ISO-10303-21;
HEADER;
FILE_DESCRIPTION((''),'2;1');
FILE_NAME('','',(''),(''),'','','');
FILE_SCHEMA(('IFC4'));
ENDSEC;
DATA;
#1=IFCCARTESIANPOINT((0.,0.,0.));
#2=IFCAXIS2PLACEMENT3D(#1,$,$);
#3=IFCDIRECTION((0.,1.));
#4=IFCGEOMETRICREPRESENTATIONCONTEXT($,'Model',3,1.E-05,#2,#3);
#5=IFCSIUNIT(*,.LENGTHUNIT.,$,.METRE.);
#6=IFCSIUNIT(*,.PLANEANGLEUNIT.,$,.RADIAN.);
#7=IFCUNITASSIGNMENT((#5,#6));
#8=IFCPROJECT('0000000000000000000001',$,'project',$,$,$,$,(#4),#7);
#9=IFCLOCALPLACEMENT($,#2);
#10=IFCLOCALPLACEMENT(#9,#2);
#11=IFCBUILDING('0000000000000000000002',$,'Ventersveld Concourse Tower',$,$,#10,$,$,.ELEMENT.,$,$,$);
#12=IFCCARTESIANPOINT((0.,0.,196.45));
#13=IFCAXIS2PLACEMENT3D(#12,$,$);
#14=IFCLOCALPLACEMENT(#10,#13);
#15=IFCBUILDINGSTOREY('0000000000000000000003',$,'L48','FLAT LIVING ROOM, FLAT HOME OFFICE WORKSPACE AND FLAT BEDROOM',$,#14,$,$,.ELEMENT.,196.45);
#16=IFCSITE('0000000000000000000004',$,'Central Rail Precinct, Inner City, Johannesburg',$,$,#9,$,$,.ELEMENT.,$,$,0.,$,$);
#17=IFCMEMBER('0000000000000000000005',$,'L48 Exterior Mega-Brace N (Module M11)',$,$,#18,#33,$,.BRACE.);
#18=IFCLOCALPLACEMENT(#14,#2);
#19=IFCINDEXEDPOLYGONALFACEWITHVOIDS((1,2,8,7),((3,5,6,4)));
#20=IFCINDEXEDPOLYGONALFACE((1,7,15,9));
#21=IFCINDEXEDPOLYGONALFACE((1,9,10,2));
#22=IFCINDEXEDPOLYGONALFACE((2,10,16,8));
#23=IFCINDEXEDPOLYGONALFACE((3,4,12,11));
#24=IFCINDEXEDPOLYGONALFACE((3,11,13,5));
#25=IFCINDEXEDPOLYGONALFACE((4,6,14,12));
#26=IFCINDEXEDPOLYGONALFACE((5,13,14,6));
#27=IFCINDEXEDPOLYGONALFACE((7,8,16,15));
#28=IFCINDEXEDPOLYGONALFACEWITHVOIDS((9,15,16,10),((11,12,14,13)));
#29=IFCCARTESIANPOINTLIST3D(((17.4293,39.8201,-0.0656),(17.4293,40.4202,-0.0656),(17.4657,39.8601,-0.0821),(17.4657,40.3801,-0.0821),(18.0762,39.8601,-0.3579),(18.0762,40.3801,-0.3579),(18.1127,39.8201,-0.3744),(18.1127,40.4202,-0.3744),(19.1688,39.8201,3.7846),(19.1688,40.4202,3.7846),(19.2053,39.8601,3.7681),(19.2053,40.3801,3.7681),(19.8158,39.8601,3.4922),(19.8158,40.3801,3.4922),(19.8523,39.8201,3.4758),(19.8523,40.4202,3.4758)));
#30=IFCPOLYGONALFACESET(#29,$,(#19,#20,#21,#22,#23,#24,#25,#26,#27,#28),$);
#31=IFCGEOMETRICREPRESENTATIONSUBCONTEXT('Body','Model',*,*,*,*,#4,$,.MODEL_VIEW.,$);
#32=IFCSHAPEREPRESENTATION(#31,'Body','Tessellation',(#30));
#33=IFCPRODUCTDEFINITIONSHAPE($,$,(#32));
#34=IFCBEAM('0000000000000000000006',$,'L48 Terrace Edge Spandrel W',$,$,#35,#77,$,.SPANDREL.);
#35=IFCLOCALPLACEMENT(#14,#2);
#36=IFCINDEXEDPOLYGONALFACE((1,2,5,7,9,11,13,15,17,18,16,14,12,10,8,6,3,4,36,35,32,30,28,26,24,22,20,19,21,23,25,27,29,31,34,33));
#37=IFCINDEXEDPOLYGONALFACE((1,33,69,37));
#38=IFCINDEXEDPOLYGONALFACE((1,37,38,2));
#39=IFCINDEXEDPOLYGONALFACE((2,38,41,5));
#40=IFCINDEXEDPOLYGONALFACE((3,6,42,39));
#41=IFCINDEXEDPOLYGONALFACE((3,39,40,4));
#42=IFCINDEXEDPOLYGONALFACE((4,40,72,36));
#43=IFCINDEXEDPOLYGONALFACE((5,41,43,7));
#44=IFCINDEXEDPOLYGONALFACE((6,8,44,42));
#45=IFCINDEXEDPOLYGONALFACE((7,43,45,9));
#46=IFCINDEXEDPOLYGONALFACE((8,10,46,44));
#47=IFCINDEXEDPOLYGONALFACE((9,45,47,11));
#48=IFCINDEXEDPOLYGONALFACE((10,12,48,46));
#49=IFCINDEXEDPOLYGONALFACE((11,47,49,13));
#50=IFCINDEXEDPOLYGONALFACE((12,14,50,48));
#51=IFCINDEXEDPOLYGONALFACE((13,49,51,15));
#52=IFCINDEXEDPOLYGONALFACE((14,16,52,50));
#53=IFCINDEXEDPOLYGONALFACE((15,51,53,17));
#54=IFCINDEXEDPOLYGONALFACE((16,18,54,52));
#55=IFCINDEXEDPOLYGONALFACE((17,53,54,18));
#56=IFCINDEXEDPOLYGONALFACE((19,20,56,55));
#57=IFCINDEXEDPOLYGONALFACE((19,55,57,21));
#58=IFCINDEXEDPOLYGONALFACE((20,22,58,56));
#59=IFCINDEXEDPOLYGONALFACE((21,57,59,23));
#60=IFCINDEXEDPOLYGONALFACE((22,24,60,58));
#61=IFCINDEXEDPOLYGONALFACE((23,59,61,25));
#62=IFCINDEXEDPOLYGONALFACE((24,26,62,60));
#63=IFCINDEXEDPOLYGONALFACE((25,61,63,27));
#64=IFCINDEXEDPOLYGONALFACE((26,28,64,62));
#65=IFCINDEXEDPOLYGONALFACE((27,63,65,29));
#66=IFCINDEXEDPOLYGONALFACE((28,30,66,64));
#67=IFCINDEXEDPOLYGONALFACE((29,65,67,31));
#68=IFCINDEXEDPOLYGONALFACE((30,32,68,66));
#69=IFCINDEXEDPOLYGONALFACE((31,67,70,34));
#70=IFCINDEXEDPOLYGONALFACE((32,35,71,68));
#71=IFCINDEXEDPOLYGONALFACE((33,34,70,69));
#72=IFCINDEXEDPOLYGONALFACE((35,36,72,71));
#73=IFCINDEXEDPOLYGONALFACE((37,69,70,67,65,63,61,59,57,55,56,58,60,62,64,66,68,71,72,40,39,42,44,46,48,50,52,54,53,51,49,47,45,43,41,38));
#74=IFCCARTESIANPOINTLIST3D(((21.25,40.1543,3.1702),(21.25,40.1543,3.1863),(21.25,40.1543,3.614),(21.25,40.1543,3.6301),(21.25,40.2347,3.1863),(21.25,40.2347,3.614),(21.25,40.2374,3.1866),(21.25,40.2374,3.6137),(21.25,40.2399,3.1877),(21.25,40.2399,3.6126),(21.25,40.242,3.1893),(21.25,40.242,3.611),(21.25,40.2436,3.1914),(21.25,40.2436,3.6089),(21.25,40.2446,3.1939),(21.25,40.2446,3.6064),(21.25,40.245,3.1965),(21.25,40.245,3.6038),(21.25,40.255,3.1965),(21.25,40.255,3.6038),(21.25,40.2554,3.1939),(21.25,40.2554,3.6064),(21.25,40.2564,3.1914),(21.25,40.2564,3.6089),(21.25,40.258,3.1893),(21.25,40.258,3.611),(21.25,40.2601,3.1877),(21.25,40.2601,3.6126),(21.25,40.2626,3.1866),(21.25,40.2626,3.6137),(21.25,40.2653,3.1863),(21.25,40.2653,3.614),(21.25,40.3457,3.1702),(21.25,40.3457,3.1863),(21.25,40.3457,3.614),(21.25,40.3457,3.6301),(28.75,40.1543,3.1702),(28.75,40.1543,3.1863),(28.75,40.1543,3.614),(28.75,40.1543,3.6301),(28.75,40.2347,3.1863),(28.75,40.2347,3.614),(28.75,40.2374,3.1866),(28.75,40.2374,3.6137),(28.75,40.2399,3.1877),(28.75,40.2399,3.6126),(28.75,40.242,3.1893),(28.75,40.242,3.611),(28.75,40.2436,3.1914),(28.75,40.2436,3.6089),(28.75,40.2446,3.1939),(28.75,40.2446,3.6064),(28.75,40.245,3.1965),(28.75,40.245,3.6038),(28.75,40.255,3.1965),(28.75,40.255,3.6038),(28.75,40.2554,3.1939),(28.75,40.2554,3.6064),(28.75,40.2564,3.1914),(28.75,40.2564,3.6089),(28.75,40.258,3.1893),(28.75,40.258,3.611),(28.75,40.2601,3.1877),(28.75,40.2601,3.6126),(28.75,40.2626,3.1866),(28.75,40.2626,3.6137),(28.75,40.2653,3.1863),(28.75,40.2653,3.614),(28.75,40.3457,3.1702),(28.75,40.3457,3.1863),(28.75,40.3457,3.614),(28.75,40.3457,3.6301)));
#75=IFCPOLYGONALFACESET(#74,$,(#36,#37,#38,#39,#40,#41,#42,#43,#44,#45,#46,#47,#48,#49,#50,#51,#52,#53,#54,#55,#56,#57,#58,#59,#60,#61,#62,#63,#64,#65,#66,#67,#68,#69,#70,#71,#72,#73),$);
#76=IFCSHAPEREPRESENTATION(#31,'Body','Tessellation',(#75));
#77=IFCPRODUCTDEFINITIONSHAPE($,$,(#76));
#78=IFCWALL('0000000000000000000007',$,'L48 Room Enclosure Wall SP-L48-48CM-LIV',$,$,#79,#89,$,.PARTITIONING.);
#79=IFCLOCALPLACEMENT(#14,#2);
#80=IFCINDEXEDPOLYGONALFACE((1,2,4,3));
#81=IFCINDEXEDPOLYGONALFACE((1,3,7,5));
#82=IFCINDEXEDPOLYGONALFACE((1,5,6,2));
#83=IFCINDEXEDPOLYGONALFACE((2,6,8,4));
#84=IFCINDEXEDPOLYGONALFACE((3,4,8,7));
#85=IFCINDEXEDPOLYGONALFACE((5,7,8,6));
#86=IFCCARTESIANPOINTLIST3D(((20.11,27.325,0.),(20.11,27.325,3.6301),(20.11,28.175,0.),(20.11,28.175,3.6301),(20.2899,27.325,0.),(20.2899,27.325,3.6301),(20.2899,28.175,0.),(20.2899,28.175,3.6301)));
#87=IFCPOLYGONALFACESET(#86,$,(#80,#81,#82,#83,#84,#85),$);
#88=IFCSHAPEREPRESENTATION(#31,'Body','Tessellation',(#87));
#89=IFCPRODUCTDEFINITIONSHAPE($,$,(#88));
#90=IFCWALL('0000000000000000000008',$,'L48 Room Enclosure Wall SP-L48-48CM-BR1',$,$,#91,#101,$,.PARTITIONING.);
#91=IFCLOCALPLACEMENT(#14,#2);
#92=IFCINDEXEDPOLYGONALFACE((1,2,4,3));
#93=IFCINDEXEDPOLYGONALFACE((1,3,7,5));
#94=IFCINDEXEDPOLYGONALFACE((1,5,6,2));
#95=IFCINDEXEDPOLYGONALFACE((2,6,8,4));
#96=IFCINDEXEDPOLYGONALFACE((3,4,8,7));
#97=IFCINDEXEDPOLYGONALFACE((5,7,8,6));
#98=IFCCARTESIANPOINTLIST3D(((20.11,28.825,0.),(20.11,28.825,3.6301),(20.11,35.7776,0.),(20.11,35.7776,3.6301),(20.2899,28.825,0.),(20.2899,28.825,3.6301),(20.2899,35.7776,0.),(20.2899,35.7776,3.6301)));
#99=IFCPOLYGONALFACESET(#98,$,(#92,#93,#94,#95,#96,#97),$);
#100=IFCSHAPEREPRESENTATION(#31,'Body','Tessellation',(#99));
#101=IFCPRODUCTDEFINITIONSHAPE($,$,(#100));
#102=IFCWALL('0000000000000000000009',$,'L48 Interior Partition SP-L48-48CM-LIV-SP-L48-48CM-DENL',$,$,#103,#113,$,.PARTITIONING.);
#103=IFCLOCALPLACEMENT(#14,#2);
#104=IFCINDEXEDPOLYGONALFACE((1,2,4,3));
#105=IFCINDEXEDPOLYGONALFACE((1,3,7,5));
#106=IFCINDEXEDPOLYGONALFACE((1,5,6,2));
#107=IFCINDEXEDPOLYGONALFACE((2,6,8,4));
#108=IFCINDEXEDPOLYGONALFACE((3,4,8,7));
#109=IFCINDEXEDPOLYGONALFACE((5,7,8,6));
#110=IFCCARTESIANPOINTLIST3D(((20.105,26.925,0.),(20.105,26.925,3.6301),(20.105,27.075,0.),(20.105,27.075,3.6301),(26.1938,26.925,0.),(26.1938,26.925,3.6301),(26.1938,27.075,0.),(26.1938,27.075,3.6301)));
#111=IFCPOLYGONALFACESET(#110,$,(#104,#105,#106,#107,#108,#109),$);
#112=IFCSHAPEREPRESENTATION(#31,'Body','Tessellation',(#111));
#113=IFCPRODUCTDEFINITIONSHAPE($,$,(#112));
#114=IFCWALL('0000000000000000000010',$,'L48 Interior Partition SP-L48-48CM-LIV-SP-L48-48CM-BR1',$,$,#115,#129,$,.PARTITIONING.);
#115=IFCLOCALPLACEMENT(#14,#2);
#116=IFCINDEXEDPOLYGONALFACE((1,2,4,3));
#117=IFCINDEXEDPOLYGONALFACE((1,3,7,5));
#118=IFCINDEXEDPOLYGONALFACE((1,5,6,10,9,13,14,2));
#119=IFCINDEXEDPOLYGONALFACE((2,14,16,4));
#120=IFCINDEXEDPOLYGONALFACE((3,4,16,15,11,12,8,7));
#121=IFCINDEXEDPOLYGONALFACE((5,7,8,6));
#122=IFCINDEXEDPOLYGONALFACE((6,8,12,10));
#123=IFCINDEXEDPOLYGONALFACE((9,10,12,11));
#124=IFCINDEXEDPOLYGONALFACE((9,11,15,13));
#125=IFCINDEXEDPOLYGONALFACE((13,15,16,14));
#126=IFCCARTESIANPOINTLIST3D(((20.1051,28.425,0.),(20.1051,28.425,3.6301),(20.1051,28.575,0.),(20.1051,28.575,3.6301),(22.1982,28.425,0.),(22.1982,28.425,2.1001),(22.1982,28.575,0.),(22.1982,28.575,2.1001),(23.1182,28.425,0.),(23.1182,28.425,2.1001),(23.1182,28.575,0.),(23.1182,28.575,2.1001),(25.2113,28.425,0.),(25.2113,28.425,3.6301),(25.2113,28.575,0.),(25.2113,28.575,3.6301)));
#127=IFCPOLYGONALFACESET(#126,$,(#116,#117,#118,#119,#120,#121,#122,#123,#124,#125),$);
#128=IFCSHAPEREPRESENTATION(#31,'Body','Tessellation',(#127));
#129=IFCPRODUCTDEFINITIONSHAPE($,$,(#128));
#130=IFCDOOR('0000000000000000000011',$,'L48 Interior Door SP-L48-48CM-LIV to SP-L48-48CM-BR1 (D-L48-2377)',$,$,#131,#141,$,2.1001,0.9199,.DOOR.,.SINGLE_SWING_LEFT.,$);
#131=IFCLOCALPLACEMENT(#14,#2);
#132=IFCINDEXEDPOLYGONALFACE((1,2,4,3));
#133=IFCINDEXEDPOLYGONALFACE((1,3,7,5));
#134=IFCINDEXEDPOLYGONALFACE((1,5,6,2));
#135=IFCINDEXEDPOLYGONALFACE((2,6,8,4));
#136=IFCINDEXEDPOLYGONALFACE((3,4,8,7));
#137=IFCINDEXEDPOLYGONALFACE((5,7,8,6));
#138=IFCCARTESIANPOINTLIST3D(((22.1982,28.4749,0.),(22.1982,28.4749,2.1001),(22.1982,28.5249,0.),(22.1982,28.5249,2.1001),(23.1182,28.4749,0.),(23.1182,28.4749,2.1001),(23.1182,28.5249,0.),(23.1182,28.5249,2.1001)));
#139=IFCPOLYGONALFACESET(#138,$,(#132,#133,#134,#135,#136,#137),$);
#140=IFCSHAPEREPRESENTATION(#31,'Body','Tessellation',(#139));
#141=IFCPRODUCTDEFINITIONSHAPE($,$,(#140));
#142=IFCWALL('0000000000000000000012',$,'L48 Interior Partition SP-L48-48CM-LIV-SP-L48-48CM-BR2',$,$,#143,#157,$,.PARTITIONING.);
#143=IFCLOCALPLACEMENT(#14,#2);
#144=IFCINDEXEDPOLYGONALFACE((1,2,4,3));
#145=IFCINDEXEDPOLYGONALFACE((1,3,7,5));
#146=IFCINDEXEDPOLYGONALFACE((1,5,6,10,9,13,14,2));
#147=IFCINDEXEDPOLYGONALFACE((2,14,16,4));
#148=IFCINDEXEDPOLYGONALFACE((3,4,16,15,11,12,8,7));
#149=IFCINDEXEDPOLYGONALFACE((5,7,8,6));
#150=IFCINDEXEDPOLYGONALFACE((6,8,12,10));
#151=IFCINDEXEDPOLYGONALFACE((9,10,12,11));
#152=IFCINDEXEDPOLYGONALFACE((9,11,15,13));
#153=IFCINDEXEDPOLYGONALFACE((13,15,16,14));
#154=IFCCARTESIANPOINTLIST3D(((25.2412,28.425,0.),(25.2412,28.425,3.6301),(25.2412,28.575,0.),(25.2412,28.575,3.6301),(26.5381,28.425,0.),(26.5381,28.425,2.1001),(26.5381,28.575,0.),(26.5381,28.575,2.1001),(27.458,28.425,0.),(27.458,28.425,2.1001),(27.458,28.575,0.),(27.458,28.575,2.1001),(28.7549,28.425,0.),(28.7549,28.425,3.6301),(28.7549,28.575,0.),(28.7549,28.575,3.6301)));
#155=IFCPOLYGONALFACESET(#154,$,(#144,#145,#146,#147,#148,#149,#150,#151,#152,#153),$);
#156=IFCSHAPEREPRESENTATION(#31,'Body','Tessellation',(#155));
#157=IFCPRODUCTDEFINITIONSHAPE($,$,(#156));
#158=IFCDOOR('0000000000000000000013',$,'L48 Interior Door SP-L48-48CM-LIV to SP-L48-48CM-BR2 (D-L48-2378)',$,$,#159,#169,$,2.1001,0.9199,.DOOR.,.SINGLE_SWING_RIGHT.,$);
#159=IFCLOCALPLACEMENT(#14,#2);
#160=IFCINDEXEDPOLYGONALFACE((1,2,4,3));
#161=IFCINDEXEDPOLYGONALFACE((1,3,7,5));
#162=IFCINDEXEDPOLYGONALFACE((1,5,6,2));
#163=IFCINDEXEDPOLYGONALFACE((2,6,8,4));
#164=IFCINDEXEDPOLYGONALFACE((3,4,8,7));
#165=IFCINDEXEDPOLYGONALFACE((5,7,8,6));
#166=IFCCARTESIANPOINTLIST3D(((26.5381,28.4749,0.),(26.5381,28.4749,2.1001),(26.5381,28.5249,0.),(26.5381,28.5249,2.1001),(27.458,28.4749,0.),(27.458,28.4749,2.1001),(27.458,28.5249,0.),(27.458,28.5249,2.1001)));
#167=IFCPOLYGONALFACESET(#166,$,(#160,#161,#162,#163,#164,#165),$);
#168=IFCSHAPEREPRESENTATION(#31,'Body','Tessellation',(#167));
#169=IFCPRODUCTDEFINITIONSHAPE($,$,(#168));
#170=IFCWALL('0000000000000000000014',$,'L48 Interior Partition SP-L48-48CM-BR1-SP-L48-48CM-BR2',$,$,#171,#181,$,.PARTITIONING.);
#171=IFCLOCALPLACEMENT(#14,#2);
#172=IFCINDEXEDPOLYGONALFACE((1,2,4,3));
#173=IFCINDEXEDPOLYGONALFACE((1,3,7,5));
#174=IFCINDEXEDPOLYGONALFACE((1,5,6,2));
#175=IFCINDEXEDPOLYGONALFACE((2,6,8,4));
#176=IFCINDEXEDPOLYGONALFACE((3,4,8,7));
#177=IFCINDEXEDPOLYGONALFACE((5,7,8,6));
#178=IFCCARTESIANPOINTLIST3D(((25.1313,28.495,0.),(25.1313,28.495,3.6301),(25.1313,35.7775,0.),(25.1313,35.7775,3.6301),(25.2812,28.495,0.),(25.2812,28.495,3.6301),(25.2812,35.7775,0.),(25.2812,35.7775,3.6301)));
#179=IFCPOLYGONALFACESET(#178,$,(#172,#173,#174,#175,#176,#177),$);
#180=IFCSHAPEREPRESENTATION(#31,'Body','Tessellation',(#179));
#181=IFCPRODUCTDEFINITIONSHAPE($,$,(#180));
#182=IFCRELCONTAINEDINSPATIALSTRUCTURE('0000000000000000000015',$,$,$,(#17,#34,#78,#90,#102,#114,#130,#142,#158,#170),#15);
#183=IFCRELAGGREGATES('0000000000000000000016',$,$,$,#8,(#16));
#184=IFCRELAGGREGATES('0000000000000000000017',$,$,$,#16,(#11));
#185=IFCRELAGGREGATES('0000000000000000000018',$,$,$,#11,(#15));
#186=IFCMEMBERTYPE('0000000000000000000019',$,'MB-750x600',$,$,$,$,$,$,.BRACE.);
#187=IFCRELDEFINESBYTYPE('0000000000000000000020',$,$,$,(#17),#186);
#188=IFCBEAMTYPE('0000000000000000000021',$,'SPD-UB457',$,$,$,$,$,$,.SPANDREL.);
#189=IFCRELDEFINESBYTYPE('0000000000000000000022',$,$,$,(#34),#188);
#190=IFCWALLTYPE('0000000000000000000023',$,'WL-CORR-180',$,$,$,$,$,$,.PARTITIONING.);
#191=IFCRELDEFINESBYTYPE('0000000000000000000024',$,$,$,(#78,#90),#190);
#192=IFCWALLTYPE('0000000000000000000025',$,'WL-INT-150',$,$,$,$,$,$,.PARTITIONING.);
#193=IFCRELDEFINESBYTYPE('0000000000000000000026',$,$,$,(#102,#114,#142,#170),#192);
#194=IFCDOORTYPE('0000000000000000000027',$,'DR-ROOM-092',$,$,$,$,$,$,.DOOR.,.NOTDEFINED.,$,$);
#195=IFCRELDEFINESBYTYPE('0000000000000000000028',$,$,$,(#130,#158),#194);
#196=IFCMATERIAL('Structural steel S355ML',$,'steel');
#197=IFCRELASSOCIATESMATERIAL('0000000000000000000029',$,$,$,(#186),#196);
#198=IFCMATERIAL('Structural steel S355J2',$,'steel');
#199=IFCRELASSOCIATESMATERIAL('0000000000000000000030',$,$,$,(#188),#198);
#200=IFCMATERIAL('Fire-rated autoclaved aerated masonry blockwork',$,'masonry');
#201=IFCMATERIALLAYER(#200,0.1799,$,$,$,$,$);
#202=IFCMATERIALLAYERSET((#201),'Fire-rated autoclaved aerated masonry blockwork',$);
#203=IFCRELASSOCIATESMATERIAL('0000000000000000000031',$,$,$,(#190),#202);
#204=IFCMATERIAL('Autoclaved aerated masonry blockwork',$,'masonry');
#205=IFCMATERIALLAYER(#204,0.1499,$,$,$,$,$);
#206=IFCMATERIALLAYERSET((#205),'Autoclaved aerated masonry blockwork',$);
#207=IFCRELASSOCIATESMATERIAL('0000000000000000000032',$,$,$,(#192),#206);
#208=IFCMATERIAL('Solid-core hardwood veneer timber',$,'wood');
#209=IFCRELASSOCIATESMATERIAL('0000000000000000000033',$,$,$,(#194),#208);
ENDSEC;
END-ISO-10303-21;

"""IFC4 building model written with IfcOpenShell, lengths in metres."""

from ifc_helpers import new_model, si_unit, direction, frame, frame_2d, origin, origin_2d, place, context, subcontext, project, spatial, rectangle, hollow_rectangle, i_section, extrude, material, layer, layer_set, material_profile, profile_set, type_object, element, fill, save


model = new_model("IFC4")

# Units and contexts
model_context = context("Model", 3, precision=1e-05, world=origin(), true_north=direction((0.0, 1.0)))
body_context = subcontext(model_context, "Body", "Model", "MODEL_VIEW")
ifc_project = project(units=[si_unit("LENGTHUNIT", "METRE"), si_unit("PLANEANGLEUNIT", "RADIAN")], contexts=[model_context])

# Site, building, storey
site_placement = place(None, origin())
site = spatial("IfcSite", under=ifc_project, at=site_placement, Name="Central Rail Precinct, Inner City, Johannesburg", CompositionType="ELEMENT", RefElevation=0.0)
building_placement = place(site_placement, origin())
building = spatial("IfcBuilding", under=site, at=building_placement, Name="Ventersveld Concourse Tower", CompositionType="ELEMENT")
storey_placement = place(building_placement, frame((0.0, 0.0, 196.45)))
storey = spatial("IfcBuildingStorey", under=building, at=storey_placement, Name="L48", Description="FLAT LIVING ROOM, FLAT HOME OFFICE WORKSPACE AND FLAT BEDROOM", CompositionType="ELEMENT", Elevation=196.45)

# Shared definitions
ifc_material_1 = material(Name="Structural steel S355J2", Category="steel")

# Member
ifc_material_2 = material(Name="Structural steel S355ML", Category="steel")
ifc_material_profile_1 = material_profile(ifc_material_2, hollow_rectangle(XDim=0.6001, YDim=0.75, WallThickness=0.04, at=origin_2d()), Name="BOX 750x600x40")
ifc_profile_set_1 = profile_set([ifc_material_profile_1], Name="Structural steel S355ML")
member_type = type_object("IfcMemberType", Name="MB-750x600", PredefinedType="BRACE", material=ifc_profile_set_1)
member_placement = place(storey_placement, frame((17.771, 40.1201, -0.22), z_axis=(0.411734, 0.0, 0.911304), x_axis=(0.0, 1.0, 0.0)))
element("IfcMember", 1, at=member_placement, inside=storey, type_object=member_type, Name="L48 Exterior Mega-Brace N (Module M11)", PredefinedType="BRACE", context=body_context, shape_type="SweptSolid", body=[
    extrude(hollow_rectangle(XDim=0.6001, YDim=0.75, WallThickness=0.04, at=origin_2d()), origin(), (0.0, 0.0, 1.0), 4.2249),
])

# Beam
ifc_material_profile_2 = material_profile(ifc_material_1, i_section(OverallWidth=0.1914, OverallDepth=0.46, WebThickness=0.01, FlangeThickness=0.0161, FilletRadius=0.0103, at=origin_2d()), Name="UB 457x191x82")
ifc_profile_set_2 = profile_set([ifc_material_profile_2], Name="Structural steel S355J2")
beam_type_1 = type_object("IfcBeamType", Name="SPD-UB457", PredefinedType="SPANDREL", material=ifc_profile_set_2)
beam_1_placement = place(storey_placement, frame((21.25, 40.25, 3.4001), z_axis=(1.0, 0.0, 0.0), x_axis=(0.0, 1.0, 0.0)))
element("IfcBeam", 2, at=beam_1_placement, inside=storey, type_object=beam_type_1, Name="L48 Terrace Edge Spandrel W", PredefinedType="SPANDREL", context=body_context, shape_type="SweptSolid", body=[
    extrude(i_section(OverallWidth=0.1914, OverallDepth=0.46, WebThickness=0.01, FlangeThickness=0.0161, FilletRadius=0.0103, at=origin_2d()), origin(), (0.0, 0.0, 1.0), 7.5),
])

# Walls
ifc_material_3 = material(Name="Fire-rated autoclaved aerated masonry blockwork", Category="masonry")
ifc_layer_1 = layer(ifc_material_3, 0.1799)
ifc_layer_set_1 = layer_set([ifc_layer_1], Name="Fire-rated autoclaved aerated masonry blockwork")
wall_type_1 = type_object("IfcWallType", Name="WL-CORR-180", PredefinedType="PARTITIONING", material=ifc_layer_set_1)
wall_1_placement = place(storey_placement, frame((20.2, 27.325, 0.0), z_axis=(0.0, 0.0, 1.0), x_axis=(0.0, 1.0, 0.0)))
element("IfcWall", 3, at=wall_1_placement, inside=storey, type_object=wall_type_1, Name="L48 Room Enclosure Wall SP-L48-48CM-LIV", PredefinedType="PARTITIONING", context=body_context, shape_type="SweptSolid", body=[
    extrude(rectangle(XDim=0.8501, YDim=0.1799, at=frame_2d((0.425, 0.0))), origin(), (0.0, 0.0, 1.0), 3.6301),
])
wall_2_placement = place(storey_placement, frame((20.2, 28.825, 0.0), z_axis=(0.0, 0.0, 1.0), x_axis=(0.0, 1.0, 0.0)))
element("IfcWall", 4, at=wall_2_placement, inside=storey, type_object=wall_type_1, Name="L48 Room Enclosure Wall SP-L48-48CM-BR1", PredefinedType="PARTITIONING", context=body_context, shape_type="SweptSolid", body=[
    extrude(rectangle(XDim=6.9526, YDim=0.1799, at=frame_2d((3.4763, 0.0))), origin(), (0.0, 0.0, 1.0), 3.6301),
])
ifc_material_4 = material(Name="Autoclaved aerated masonry blockwork", Category="masonry")
ifc_layer_2 = layer(ifc_material_4, 0.1499)
ifc_layer_set_2 = layer_set([ifc_layer_2], Name="Autoclaved aerated masonry blockwork")
wall_type_2 = type_object("IfcWallType", Name="WL-INT-150", PredefinedType="PARTITIONING", material=ifc_layer_set_2)
wall_3_placement = place(storey_placement, frame((20.105, 27.0, 0.0), z_axis=(0.0, 0.0, 1.0), x_axis=(1.0, 0.0, 0.0)))
element("IfcWall", 5, at=wall_3_placement, inside=storey, type_object=wall_type_2, Name="L48 Interior Partition SP-L48-48CM-LIV-SP-L48-48CM-DENL", PredefinedType="PARTITIONING", context=body_context, shape_type="SweptSolid", body=[
    extrude(rectangle(XDim=6.0889, YDim=0.1499, at=frame_2d((3.0444, 0.0))), origin(), (0.0, 0.0, 1.0), 3.6301),
])

# Walls, openings, doors
wall_4_placement = place(storey_placement, frame((20.105, 28.5, 0.0), z_axis=(0.0, 0.0, 1.0), x_axis=(1.0, 0.0, 0.0)))
wall_4 = element("IfcWall", 6, at=wall_4_placement, inside=storey, type_object=wall_type_2, Name="L48 Interior Partition SP-L48-48CM-LIV-SP-L48-48CM-BR1", PredefinedType="PARTITIONING", context=body_context, shape_type="SweptSolid", body=[
    extrude(rectangle(XDim=5.1062, YDim=0.1499, at=frame_2d((2.5532, 0.0))), origin(), (0.0, 0.0, 1.0), 3.6301),
])
opening_1_placement = place(wall_4_placement, frame((2.0933, 0.0, 0.0)))
opening_1 = element("IfcOpeningElement", 7, at=opening_1_placement, cuts=wall_4, PredefinedType="OPENING", context=body_context, shape_type="SweptSolid", body=[
    extrude(rectangle(XDim=0.9199, YDim=2.1001, at=frame_2d((0.46, 1.05))), frame((0.0, 0.085, 0.0), z_axis=(0.0, -1.0, 0.0), x_axis=(1.0, 0.0, 0.0)), (0.0, 0.0, 1.0), 0.1699),
])
ifc_material_5 = material(Name="Solid-core hardwood veneer timber", Category="wood")
door_type = type_object("IfcDoorType", Name="DR-ROOM-092", OperationType="NOTDEFINED", PredefinedType="DOOR", material=ifc_material_5)
door_1_placement = place(opening_1_placement, origin())
door_1 = element("IfcDoor", 8, at=door_1_placement, inside=storey, type_object=door_type, Name="L48 Interior Door SP-L48-48CM-LIV to SP-L48-48CM-BR1 (D-L48-2377)", OperationType="SINGLE_SWING_LEFT", OverallHeight=2.1001, OverallWidth=0.9199, PredefinedType="DOOR", context=body_context, shape_type="SweptSolid", body=[
    extrude(rectangle(XDim=0.9199, YDim=2.1001, at=frame_2d((0.46, 1.05))), frame((0.0, 0.0249, 0.0), z_axis=(0.0, -1.0, 0.0), x_axis=(1.0, 0.0, 0.0)), (0.0, 0.0, 1.0), 0.05),
])
fill(opening_1, door_1)
wall_5_placement = place(storey_placement, frame((25.2412, 28.5, 0.0), z_axis=(0.0, 0.0, 1.0), x_axis=(1.0, 0.0, 0.0)))
wall_5 = element("IfcWall", 9, at=wall_5_placement, inside=storey, type_object=wall_type_2, Name="L48 Interior Partition SP-L48-48CM-LIV-SP-L48-48CM-BR2", PredefinedType="PARTITIONING", context=body_context, shape_type="SweptSolid", body=[
    extrude(rectangle(XDim=3.5137, YDim=0.1499, at=frame_2d((1.7568, 0.0))), origin(), (0.0, 0.0, 1.0), 3.6301),
])
opening_2_placement = place(wall_5_placement, frame((1.2969, 0.0, 0.0)))
opening_2 = element("IfcOpeningElement", 10, at=opening_2_placement, cuts=wall_5, PredefinedType="OPENING", context=body_context, shape_type="SweptSolid", body=[
    extrude(rectangle(XDim=0.9199, YDim=2.1001, at=frame_2d((0.46, 1.05))), frame((0.0, 0.085, 0.0), z_axis=(0.0, -1.0, 0.0), x_axis=(1.0, 0.0, 0.0)), (0.0, 0.0, 1.0), 0.1699),
])
door_2_placement = place(opening_2_placement, origin())
door_2 = element("IfcDoor", 11, at=door_2_placement, inside=storey, type_object=door_type, Name="L48 Interior Door SP-L48-48CM-LIV to SP-L48-48CM-BR2 (D-L48-2378)", OperationType="SINGLE_SWING_RIGHT", OverallHeight=2.1001, OverallWidth=0.9199, PredefinedType="DOOR", context=body_context, shape_type="SweptSolid", body=[
    extrude(rectangle(XDim=0.9199, YDim=2.1001, at=frame_2d((0.46, 1.05))), frame((0.0, 0.0249, 0.0), z_axis=(0.0, -1.0, 0.0), x_axis=(1.0, 0.0, 0.0)), (0.0, 0.0, 1.0), 0.05),
])
fill(opening_2, door_2)

# Wall
wall_6_placement = place(storey_placement, frame((25.2063, 28.4951, 0.0), z_axis=(0.0, 0.0, 1.0), x_axis=(0.0, 1.0, 0.0)))
element("IfcWall", 12, at=wall_6_placement, inside=storey, type_object=wall_type_2, Name="L48 Interior Partition SP-L48-48CM-BR1-SP-L48-48CM-BR2", PredefinedType="PARTITIONING", context=body_context, shape_type="SweptSolid", body=[
    extrude(rectangle(XDim=7.2825, YDim=0.1499, at=frame_2d((3.6411, 0.0))), origin(), (0.0, 0.0, 1.0), 3.6301),
])

save(model, "model.ifc")
